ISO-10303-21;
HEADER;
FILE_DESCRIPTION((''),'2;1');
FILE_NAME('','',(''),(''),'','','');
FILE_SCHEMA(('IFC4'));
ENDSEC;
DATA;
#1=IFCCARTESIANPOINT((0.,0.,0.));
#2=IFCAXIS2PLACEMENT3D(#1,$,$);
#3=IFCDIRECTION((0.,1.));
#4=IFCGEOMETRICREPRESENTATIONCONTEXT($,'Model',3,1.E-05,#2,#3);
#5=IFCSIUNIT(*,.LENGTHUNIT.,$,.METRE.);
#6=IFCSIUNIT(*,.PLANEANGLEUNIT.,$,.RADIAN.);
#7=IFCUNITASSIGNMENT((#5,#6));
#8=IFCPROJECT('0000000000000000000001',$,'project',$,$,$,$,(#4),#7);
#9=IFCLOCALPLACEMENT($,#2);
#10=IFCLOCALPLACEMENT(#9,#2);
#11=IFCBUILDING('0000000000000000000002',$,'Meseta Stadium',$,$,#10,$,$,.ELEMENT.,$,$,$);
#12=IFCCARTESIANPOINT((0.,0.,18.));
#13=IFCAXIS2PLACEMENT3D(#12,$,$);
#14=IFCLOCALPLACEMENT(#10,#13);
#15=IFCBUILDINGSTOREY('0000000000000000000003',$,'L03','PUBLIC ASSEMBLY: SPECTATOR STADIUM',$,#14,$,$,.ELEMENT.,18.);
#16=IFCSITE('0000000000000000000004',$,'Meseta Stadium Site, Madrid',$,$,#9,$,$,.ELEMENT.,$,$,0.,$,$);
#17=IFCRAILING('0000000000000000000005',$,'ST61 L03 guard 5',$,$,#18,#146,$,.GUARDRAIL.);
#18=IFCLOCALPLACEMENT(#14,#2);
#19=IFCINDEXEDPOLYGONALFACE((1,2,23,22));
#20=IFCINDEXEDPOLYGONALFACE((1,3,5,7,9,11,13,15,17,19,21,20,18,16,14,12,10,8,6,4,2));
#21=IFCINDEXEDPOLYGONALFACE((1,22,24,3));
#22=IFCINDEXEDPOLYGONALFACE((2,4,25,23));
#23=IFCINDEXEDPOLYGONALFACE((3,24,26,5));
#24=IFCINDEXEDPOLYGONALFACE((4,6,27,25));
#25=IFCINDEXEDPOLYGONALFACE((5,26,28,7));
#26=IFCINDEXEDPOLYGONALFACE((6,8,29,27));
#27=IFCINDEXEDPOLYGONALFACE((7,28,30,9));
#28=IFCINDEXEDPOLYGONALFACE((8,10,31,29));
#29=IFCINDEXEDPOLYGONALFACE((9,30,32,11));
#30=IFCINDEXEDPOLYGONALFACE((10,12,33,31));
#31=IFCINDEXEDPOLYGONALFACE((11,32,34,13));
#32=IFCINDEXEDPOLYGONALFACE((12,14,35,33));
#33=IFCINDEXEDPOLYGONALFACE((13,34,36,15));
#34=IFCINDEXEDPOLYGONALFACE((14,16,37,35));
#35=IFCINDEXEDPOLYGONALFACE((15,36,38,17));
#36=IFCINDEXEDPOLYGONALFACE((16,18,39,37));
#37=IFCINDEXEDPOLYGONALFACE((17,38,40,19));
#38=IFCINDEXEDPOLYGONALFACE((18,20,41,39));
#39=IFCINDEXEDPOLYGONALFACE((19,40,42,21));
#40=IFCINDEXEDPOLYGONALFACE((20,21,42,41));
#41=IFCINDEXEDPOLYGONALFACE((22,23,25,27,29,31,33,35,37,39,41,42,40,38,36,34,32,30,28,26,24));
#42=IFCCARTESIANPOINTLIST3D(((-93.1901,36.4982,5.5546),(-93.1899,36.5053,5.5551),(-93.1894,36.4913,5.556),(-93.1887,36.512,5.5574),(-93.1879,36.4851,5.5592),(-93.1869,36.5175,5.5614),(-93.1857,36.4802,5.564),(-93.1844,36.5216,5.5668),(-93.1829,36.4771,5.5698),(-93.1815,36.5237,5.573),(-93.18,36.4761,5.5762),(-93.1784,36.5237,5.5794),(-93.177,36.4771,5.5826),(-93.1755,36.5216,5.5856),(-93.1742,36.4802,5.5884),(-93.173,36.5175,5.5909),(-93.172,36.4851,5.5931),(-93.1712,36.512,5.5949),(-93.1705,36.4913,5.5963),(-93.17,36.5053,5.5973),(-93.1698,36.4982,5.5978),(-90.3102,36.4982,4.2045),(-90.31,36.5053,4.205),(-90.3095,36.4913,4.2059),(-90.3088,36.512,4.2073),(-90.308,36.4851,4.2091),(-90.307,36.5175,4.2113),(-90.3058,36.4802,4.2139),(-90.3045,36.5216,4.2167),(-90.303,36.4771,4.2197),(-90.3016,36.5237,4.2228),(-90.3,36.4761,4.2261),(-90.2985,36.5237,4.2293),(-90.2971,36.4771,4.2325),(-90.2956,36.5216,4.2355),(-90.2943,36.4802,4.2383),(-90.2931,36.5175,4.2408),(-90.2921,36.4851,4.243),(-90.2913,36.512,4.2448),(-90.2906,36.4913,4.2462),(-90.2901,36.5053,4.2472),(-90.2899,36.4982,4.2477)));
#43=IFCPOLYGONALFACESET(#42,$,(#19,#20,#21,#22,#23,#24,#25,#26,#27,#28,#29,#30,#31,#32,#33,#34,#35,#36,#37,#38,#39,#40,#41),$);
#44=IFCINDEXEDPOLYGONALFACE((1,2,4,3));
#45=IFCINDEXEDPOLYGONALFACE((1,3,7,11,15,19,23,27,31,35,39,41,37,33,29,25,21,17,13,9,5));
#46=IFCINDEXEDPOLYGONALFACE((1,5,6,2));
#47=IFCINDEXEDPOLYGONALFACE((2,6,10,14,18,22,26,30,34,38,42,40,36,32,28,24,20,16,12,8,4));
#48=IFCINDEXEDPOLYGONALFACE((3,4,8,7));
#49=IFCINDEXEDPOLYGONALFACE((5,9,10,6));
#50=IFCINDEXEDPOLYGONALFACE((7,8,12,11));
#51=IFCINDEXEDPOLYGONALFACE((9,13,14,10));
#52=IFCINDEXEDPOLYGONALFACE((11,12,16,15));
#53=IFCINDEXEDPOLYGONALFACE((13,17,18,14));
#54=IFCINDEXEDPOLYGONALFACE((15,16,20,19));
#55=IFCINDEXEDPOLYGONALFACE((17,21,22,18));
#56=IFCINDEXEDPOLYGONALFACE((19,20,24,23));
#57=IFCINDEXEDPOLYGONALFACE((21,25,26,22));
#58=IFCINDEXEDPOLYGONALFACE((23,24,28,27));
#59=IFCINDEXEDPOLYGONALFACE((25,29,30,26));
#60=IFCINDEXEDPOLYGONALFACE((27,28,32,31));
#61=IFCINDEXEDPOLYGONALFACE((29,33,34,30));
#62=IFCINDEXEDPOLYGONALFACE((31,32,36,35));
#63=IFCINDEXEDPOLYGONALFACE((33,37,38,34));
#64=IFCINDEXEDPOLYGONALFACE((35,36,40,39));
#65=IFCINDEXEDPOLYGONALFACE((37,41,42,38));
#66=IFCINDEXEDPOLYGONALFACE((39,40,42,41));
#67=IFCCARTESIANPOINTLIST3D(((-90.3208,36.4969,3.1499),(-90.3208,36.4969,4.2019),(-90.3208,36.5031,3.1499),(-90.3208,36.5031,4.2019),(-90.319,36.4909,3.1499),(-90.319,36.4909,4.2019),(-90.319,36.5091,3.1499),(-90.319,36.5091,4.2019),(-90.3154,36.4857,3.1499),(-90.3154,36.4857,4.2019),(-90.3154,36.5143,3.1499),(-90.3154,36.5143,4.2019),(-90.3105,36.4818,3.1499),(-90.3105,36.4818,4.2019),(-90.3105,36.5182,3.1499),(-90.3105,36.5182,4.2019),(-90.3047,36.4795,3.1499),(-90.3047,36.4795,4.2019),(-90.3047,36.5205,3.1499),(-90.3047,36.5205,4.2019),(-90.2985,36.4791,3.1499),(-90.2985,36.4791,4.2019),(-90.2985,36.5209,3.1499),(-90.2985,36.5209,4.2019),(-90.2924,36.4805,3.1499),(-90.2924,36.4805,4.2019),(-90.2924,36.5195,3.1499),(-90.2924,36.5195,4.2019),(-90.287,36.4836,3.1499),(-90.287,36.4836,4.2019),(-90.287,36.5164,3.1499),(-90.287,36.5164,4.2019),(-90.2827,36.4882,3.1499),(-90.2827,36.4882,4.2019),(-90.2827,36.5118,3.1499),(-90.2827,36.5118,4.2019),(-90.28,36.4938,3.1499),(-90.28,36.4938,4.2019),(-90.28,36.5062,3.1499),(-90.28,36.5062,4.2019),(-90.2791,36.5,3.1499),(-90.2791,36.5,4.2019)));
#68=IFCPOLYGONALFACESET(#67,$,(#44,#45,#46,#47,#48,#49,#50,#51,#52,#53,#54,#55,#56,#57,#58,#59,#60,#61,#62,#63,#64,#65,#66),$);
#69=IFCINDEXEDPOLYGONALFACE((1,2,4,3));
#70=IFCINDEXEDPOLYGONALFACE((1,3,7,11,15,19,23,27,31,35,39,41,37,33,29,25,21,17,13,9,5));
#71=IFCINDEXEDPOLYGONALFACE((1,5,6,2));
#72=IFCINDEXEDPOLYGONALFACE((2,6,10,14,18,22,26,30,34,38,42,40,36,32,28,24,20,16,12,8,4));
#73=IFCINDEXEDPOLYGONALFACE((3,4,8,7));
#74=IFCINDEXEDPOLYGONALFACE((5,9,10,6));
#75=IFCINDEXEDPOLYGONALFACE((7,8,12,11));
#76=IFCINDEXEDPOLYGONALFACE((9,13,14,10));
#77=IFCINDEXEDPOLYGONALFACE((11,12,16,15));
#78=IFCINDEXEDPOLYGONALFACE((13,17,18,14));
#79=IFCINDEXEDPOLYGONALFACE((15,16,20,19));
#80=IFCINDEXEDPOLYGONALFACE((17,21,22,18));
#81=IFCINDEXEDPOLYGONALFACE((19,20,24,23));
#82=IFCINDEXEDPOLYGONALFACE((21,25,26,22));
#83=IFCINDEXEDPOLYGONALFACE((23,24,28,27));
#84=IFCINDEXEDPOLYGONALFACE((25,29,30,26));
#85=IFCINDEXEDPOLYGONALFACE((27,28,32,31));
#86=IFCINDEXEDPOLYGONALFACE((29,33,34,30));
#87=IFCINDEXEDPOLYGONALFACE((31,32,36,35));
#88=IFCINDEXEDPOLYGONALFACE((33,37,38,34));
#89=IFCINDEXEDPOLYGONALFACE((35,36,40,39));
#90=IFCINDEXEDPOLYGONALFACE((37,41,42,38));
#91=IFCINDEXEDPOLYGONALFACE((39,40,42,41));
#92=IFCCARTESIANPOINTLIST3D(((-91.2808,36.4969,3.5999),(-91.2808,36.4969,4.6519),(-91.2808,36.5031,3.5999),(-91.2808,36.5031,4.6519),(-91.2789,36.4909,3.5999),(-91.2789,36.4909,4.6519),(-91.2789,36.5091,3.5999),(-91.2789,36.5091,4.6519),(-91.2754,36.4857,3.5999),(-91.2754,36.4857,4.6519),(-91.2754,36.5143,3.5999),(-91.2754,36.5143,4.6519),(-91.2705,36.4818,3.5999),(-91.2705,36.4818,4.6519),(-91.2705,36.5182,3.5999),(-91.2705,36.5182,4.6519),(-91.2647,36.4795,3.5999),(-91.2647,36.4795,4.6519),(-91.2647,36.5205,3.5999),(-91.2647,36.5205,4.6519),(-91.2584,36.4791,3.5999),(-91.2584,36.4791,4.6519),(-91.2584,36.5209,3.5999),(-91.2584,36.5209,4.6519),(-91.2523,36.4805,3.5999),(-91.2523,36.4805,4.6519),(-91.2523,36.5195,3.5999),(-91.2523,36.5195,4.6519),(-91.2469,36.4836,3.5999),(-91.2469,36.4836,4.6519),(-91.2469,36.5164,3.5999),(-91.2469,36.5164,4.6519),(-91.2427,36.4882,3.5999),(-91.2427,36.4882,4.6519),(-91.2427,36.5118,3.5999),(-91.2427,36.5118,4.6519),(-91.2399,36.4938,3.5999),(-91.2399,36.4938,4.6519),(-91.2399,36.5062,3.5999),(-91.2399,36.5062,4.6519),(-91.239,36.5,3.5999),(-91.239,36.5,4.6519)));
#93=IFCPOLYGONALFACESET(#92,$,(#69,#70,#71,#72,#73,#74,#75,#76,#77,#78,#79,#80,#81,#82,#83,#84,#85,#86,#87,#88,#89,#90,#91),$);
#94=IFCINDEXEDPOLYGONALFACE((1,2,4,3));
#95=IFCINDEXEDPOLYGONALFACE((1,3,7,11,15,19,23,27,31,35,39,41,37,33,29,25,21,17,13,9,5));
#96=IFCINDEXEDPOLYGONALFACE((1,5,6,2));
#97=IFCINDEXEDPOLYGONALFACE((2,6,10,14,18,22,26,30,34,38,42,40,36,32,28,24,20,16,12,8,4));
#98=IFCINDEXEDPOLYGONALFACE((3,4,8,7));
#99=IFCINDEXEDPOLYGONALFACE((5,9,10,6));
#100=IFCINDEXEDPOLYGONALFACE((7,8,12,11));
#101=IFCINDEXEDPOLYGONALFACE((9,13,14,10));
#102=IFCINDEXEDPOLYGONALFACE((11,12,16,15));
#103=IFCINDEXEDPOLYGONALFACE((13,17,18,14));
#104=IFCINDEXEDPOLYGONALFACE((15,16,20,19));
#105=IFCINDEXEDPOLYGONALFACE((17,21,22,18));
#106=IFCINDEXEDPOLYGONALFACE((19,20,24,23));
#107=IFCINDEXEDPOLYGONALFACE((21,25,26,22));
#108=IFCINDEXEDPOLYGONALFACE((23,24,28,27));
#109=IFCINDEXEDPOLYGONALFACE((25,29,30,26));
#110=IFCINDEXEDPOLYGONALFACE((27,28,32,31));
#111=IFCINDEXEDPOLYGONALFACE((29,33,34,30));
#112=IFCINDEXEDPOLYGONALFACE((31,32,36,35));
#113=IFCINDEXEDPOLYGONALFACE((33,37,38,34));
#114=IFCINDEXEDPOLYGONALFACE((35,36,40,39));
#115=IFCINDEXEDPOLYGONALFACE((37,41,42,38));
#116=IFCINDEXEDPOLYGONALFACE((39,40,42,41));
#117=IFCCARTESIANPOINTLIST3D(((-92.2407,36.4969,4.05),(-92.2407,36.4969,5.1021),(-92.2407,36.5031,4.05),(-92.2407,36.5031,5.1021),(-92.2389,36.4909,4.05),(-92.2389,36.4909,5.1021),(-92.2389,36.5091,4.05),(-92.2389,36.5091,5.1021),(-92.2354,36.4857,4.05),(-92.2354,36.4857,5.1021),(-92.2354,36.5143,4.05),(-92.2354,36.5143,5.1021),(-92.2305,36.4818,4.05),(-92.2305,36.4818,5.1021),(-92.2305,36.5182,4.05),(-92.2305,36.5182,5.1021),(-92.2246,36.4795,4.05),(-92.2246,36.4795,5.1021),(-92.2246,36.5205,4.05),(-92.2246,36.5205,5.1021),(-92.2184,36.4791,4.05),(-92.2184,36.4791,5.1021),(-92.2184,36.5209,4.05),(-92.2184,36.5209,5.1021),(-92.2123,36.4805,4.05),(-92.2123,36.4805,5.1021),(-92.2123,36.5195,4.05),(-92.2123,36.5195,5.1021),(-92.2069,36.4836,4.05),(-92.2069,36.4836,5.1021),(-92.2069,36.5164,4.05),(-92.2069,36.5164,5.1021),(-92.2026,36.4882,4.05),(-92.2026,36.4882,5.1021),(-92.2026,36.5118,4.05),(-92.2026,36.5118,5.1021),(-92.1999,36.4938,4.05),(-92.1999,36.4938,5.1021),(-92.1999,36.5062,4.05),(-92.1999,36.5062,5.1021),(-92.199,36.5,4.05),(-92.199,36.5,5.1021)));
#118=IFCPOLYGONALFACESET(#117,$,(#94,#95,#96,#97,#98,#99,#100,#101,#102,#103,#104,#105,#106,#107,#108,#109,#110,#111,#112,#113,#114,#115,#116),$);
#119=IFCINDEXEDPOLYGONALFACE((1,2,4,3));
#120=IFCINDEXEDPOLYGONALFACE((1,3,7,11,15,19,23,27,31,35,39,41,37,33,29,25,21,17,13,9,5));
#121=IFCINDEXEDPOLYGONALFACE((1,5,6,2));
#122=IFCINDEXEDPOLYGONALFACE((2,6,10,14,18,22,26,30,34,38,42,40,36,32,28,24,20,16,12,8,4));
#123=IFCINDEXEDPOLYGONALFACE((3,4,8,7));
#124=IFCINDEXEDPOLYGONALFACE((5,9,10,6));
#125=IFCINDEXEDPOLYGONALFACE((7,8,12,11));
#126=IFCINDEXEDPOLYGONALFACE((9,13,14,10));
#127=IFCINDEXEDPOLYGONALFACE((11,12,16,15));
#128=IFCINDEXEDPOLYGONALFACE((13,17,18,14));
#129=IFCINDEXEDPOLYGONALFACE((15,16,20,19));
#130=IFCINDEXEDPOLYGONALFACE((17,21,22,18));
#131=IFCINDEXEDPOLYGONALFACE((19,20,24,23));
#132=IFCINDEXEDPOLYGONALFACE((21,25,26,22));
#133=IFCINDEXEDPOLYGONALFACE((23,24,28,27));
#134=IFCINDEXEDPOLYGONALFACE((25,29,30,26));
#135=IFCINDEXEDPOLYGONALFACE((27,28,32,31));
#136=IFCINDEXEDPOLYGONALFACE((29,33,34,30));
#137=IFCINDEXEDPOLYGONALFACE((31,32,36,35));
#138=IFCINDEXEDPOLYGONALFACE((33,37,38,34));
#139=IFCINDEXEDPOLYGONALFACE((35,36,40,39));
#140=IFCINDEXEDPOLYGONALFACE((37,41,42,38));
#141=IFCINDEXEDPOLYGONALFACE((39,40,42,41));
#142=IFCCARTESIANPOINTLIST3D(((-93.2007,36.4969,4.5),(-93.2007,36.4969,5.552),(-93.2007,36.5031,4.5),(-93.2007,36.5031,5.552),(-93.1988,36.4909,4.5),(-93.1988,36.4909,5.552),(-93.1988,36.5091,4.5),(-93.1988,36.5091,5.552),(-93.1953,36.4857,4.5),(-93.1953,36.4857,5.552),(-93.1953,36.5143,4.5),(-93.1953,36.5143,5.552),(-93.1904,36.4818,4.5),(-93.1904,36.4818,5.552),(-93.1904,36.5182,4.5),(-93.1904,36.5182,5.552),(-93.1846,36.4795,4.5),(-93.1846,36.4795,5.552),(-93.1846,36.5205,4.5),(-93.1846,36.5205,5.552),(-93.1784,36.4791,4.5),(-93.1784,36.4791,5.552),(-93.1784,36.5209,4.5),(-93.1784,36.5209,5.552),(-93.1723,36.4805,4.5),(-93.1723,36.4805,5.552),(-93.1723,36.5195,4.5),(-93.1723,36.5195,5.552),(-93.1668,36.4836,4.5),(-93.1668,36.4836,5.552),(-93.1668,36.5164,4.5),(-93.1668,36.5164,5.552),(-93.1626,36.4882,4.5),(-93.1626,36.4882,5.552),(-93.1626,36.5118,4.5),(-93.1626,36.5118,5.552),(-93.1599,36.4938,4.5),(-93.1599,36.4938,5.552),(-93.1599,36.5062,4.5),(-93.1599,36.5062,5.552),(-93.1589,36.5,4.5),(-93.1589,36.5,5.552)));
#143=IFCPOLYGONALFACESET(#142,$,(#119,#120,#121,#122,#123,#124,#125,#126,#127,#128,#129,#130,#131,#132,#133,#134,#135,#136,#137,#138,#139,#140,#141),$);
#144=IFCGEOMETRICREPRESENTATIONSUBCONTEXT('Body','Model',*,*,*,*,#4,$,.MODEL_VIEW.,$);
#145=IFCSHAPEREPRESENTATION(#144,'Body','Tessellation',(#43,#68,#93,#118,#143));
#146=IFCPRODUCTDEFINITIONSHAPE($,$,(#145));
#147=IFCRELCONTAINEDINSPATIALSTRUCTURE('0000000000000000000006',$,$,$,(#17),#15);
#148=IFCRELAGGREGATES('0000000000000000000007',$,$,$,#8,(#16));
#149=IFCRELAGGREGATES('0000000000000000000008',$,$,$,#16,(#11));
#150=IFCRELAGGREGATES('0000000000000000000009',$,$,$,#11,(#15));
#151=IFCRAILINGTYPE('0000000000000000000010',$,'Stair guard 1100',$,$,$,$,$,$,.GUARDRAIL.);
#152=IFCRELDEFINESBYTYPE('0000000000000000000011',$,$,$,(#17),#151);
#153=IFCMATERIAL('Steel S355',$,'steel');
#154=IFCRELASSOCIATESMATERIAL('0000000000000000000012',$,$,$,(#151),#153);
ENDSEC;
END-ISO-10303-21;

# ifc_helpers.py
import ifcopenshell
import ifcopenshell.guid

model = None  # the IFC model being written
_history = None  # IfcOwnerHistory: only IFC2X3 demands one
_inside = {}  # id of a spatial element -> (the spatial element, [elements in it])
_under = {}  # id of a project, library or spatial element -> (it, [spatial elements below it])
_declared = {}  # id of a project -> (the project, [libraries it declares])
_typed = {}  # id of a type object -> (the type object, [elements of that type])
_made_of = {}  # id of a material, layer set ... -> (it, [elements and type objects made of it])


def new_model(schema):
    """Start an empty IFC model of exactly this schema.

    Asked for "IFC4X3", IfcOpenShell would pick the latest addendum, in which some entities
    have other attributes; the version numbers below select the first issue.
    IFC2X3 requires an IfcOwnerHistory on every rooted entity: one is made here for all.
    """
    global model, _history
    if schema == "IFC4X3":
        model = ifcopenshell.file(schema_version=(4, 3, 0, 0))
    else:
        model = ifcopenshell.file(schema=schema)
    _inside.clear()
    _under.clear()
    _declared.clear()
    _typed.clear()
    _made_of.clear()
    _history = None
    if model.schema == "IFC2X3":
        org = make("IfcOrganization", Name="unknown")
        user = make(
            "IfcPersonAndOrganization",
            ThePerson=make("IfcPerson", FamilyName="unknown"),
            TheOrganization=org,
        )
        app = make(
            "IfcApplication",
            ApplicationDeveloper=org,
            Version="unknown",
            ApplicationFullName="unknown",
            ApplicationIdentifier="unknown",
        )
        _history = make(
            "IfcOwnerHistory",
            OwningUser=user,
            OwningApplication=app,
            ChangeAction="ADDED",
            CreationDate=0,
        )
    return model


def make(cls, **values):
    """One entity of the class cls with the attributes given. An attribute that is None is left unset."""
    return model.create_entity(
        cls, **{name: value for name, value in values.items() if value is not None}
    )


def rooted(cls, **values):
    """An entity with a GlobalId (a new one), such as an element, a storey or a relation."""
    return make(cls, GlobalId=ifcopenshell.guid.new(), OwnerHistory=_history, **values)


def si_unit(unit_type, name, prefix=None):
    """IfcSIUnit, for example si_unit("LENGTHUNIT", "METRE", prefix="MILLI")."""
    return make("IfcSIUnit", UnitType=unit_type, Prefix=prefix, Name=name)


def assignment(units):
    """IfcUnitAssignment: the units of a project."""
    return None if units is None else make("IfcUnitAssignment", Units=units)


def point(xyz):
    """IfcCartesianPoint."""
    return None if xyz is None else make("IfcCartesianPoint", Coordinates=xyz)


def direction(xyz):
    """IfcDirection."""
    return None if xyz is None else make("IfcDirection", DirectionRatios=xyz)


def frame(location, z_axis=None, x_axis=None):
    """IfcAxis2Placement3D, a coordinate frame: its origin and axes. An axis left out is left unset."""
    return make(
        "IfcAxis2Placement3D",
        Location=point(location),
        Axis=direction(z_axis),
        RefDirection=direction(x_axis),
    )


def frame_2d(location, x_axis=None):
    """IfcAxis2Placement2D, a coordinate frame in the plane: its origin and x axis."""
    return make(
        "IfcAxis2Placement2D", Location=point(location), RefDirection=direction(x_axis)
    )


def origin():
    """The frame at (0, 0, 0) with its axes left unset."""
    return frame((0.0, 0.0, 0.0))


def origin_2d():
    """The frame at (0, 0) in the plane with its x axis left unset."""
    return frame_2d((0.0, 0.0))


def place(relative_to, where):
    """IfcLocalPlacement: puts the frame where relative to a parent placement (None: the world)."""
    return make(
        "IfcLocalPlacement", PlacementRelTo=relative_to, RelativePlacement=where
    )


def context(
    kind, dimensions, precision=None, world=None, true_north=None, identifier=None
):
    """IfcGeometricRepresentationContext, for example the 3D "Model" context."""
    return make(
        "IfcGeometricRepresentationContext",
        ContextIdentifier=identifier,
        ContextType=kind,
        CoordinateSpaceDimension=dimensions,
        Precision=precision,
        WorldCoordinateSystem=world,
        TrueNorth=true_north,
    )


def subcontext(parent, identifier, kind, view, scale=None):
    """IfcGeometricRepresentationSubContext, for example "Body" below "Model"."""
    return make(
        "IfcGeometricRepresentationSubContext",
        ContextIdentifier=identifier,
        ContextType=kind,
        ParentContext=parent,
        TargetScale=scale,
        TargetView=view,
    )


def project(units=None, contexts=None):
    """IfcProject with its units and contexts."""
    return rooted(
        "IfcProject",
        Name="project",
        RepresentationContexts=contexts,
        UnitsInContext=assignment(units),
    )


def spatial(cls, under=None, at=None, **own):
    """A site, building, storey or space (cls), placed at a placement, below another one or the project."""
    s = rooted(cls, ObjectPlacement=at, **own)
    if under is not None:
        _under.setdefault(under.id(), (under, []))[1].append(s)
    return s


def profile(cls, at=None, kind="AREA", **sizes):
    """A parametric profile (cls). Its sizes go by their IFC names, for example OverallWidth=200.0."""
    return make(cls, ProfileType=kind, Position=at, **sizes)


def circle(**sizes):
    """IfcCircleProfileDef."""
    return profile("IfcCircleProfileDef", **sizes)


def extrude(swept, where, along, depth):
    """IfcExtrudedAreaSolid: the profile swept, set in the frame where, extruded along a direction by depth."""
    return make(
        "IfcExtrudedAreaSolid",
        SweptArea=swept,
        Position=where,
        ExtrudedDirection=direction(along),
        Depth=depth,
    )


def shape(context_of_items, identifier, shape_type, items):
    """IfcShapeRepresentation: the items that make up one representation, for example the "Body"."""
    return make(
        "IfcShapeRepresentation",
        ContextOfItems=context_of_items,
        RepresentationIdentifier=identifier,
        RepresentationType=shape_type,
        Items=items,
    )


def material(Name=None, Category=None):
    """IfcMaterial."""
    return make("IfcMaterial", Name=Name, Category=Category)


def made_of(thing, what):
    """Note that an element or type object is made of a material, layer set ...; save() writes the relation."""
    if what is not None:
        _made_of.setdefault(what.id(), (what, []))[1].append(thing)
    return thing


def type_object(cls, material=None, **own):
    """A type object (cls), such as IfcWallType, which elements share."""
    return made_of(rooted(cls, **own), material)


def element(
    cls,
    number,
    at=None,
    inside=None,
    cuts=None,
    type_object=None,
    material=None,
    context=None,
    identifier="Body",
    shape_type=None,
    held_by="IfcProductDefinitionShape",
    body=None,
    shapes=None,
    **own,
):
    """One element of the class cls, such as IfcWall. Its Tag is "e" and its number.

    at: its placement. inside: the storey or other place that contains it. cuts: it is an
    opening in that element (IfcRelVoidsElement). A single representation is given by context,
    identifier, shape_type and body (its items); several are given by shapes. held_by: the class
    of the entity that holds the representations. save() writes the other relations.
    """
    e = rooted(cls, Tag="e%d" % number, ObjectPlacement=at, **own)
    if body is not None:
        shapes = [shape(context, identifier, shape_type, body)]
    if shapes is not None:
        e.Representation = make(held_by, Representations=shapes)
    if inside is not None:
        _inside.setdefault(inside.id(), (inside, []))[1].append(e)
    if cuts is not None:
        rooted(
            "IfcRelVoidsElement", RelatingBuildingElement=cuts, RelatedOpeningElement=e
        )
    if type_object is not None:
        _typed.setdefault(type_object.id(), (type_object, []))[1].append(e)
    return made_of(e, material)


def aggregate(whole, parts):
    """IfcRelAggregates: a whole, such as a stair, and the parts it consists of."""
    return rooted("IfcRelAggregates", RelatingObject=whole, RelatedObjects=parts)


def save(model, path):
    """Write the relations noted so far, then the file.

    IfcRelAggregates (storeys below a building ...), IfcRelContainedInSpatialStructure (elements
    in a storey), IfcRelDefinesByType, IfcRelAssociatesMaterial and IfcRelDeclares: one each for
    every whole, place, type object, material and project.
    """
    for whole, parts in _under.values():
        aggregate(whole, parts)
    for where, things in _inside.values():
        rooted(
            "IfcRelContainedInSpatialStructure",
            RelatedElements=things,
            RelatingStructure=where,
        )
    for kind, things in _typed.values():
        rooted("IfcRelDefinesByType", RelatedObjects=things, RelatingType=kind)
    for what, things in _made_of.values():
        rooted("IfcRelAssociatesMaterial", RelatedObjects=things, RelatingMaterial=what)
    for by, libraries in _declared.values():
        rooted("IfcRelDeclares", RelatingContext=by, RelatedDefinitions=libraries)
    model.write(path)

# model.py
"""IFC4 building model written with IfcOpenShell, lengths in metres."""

from ifc_helpers import new_model, si_unit, direction, frame, origin, origin_2d, place, context, subcontext, project, spatial, circle, extrude, material, type_object, element, save


model = new_model("IFC4")

# Units and contexts
model_context = context("Model", 3, precision=1e-05, world=origin(), true_north=direction((0.0, 1.0)))
body_context = subcontext(model_context, "Body", "Model", "MODEL_VIEW")
ifc_project = project(units=[si_unit("LENGTHUNIT", "METRE"), si_unit("PLANEANGLEUNIT", "RADIAN")], contexts=[model_context])

# Site, building, storey
site_placement = place(None, origin())
site = spatial("IfcSite", under=ifc_project, at=site_placement, Name="Meseta Stadium Site, Madrid", CompositionType="ELEMENT", RefElevation=0.0)
building_placement = place(site_placement, origin())
building = spatial("IfcBuilding", under=site, at=building_placement, Name="Meseta Stadium", CompositionType="ELEMENT")
storey_placement = place(building_placement, frame((0.0, 0.0, 18.0)))
storey = spatial("IfcBuildingStorey", under=building, at=storey_placement, Name="L03", Description="PUBLIC ASSEMBLY: SPECTATOR STADIUM", CompositionType="ELEMENT", Elevation=18.0)

# Railing
ifc_material_1 = material(Name="Steel S355", Category="steel")
railing_type_1 = type_object("IfcRailingType", Name="Stair guard 1100", PredefinedType="GUARDRAIL", material=ifc_material_1)
for number, where, name in (
    (1, (-90.3, 36.5, 3.1499), "ST61 L03 guard 5"),
):
    element("IfcRailing", number, at=place(storey_placement, frame(where)), inside=storey, type_object=railing_type_1, Name=name, PredefinedType="GUARDRAIL", context=body_context, shape_type="SweptSolid", body=[
        extrude(circle(Radius=0.0239, at=origin_2d()), frame((0.0, 0.0, 1.0762), z_axis=(-0.90544, 0.0, 0.424473), x_axis=(0.0, -1.0, 0.0)), (0.0, 0.0, 1.0), 3.1807),
        extrude(circle(Radius=0.021, at=origin_2d()), origin(), (0.0, 0.0, 1.0), 1.052),
        extrude(circle(Radius=0.021, at=origin_2d()), frame((-0.96, 0.0, 0.45)), (0.0, 0.0, 1.0), 1.052),
        extrude(circle(Radius=0.021, at=origin_2d()), frame((-1.9199, 0.0, 0.9001)), (0.0, 0.0, 1.0), 1.052),
        extrude(circle(Radius=0.021, at=origin_2d()), frame((-2.8799, 0.0, 1.3501)), (0.0, 0.0, 1.0), 1.052),
    ])

save(model, "model.ifc")
